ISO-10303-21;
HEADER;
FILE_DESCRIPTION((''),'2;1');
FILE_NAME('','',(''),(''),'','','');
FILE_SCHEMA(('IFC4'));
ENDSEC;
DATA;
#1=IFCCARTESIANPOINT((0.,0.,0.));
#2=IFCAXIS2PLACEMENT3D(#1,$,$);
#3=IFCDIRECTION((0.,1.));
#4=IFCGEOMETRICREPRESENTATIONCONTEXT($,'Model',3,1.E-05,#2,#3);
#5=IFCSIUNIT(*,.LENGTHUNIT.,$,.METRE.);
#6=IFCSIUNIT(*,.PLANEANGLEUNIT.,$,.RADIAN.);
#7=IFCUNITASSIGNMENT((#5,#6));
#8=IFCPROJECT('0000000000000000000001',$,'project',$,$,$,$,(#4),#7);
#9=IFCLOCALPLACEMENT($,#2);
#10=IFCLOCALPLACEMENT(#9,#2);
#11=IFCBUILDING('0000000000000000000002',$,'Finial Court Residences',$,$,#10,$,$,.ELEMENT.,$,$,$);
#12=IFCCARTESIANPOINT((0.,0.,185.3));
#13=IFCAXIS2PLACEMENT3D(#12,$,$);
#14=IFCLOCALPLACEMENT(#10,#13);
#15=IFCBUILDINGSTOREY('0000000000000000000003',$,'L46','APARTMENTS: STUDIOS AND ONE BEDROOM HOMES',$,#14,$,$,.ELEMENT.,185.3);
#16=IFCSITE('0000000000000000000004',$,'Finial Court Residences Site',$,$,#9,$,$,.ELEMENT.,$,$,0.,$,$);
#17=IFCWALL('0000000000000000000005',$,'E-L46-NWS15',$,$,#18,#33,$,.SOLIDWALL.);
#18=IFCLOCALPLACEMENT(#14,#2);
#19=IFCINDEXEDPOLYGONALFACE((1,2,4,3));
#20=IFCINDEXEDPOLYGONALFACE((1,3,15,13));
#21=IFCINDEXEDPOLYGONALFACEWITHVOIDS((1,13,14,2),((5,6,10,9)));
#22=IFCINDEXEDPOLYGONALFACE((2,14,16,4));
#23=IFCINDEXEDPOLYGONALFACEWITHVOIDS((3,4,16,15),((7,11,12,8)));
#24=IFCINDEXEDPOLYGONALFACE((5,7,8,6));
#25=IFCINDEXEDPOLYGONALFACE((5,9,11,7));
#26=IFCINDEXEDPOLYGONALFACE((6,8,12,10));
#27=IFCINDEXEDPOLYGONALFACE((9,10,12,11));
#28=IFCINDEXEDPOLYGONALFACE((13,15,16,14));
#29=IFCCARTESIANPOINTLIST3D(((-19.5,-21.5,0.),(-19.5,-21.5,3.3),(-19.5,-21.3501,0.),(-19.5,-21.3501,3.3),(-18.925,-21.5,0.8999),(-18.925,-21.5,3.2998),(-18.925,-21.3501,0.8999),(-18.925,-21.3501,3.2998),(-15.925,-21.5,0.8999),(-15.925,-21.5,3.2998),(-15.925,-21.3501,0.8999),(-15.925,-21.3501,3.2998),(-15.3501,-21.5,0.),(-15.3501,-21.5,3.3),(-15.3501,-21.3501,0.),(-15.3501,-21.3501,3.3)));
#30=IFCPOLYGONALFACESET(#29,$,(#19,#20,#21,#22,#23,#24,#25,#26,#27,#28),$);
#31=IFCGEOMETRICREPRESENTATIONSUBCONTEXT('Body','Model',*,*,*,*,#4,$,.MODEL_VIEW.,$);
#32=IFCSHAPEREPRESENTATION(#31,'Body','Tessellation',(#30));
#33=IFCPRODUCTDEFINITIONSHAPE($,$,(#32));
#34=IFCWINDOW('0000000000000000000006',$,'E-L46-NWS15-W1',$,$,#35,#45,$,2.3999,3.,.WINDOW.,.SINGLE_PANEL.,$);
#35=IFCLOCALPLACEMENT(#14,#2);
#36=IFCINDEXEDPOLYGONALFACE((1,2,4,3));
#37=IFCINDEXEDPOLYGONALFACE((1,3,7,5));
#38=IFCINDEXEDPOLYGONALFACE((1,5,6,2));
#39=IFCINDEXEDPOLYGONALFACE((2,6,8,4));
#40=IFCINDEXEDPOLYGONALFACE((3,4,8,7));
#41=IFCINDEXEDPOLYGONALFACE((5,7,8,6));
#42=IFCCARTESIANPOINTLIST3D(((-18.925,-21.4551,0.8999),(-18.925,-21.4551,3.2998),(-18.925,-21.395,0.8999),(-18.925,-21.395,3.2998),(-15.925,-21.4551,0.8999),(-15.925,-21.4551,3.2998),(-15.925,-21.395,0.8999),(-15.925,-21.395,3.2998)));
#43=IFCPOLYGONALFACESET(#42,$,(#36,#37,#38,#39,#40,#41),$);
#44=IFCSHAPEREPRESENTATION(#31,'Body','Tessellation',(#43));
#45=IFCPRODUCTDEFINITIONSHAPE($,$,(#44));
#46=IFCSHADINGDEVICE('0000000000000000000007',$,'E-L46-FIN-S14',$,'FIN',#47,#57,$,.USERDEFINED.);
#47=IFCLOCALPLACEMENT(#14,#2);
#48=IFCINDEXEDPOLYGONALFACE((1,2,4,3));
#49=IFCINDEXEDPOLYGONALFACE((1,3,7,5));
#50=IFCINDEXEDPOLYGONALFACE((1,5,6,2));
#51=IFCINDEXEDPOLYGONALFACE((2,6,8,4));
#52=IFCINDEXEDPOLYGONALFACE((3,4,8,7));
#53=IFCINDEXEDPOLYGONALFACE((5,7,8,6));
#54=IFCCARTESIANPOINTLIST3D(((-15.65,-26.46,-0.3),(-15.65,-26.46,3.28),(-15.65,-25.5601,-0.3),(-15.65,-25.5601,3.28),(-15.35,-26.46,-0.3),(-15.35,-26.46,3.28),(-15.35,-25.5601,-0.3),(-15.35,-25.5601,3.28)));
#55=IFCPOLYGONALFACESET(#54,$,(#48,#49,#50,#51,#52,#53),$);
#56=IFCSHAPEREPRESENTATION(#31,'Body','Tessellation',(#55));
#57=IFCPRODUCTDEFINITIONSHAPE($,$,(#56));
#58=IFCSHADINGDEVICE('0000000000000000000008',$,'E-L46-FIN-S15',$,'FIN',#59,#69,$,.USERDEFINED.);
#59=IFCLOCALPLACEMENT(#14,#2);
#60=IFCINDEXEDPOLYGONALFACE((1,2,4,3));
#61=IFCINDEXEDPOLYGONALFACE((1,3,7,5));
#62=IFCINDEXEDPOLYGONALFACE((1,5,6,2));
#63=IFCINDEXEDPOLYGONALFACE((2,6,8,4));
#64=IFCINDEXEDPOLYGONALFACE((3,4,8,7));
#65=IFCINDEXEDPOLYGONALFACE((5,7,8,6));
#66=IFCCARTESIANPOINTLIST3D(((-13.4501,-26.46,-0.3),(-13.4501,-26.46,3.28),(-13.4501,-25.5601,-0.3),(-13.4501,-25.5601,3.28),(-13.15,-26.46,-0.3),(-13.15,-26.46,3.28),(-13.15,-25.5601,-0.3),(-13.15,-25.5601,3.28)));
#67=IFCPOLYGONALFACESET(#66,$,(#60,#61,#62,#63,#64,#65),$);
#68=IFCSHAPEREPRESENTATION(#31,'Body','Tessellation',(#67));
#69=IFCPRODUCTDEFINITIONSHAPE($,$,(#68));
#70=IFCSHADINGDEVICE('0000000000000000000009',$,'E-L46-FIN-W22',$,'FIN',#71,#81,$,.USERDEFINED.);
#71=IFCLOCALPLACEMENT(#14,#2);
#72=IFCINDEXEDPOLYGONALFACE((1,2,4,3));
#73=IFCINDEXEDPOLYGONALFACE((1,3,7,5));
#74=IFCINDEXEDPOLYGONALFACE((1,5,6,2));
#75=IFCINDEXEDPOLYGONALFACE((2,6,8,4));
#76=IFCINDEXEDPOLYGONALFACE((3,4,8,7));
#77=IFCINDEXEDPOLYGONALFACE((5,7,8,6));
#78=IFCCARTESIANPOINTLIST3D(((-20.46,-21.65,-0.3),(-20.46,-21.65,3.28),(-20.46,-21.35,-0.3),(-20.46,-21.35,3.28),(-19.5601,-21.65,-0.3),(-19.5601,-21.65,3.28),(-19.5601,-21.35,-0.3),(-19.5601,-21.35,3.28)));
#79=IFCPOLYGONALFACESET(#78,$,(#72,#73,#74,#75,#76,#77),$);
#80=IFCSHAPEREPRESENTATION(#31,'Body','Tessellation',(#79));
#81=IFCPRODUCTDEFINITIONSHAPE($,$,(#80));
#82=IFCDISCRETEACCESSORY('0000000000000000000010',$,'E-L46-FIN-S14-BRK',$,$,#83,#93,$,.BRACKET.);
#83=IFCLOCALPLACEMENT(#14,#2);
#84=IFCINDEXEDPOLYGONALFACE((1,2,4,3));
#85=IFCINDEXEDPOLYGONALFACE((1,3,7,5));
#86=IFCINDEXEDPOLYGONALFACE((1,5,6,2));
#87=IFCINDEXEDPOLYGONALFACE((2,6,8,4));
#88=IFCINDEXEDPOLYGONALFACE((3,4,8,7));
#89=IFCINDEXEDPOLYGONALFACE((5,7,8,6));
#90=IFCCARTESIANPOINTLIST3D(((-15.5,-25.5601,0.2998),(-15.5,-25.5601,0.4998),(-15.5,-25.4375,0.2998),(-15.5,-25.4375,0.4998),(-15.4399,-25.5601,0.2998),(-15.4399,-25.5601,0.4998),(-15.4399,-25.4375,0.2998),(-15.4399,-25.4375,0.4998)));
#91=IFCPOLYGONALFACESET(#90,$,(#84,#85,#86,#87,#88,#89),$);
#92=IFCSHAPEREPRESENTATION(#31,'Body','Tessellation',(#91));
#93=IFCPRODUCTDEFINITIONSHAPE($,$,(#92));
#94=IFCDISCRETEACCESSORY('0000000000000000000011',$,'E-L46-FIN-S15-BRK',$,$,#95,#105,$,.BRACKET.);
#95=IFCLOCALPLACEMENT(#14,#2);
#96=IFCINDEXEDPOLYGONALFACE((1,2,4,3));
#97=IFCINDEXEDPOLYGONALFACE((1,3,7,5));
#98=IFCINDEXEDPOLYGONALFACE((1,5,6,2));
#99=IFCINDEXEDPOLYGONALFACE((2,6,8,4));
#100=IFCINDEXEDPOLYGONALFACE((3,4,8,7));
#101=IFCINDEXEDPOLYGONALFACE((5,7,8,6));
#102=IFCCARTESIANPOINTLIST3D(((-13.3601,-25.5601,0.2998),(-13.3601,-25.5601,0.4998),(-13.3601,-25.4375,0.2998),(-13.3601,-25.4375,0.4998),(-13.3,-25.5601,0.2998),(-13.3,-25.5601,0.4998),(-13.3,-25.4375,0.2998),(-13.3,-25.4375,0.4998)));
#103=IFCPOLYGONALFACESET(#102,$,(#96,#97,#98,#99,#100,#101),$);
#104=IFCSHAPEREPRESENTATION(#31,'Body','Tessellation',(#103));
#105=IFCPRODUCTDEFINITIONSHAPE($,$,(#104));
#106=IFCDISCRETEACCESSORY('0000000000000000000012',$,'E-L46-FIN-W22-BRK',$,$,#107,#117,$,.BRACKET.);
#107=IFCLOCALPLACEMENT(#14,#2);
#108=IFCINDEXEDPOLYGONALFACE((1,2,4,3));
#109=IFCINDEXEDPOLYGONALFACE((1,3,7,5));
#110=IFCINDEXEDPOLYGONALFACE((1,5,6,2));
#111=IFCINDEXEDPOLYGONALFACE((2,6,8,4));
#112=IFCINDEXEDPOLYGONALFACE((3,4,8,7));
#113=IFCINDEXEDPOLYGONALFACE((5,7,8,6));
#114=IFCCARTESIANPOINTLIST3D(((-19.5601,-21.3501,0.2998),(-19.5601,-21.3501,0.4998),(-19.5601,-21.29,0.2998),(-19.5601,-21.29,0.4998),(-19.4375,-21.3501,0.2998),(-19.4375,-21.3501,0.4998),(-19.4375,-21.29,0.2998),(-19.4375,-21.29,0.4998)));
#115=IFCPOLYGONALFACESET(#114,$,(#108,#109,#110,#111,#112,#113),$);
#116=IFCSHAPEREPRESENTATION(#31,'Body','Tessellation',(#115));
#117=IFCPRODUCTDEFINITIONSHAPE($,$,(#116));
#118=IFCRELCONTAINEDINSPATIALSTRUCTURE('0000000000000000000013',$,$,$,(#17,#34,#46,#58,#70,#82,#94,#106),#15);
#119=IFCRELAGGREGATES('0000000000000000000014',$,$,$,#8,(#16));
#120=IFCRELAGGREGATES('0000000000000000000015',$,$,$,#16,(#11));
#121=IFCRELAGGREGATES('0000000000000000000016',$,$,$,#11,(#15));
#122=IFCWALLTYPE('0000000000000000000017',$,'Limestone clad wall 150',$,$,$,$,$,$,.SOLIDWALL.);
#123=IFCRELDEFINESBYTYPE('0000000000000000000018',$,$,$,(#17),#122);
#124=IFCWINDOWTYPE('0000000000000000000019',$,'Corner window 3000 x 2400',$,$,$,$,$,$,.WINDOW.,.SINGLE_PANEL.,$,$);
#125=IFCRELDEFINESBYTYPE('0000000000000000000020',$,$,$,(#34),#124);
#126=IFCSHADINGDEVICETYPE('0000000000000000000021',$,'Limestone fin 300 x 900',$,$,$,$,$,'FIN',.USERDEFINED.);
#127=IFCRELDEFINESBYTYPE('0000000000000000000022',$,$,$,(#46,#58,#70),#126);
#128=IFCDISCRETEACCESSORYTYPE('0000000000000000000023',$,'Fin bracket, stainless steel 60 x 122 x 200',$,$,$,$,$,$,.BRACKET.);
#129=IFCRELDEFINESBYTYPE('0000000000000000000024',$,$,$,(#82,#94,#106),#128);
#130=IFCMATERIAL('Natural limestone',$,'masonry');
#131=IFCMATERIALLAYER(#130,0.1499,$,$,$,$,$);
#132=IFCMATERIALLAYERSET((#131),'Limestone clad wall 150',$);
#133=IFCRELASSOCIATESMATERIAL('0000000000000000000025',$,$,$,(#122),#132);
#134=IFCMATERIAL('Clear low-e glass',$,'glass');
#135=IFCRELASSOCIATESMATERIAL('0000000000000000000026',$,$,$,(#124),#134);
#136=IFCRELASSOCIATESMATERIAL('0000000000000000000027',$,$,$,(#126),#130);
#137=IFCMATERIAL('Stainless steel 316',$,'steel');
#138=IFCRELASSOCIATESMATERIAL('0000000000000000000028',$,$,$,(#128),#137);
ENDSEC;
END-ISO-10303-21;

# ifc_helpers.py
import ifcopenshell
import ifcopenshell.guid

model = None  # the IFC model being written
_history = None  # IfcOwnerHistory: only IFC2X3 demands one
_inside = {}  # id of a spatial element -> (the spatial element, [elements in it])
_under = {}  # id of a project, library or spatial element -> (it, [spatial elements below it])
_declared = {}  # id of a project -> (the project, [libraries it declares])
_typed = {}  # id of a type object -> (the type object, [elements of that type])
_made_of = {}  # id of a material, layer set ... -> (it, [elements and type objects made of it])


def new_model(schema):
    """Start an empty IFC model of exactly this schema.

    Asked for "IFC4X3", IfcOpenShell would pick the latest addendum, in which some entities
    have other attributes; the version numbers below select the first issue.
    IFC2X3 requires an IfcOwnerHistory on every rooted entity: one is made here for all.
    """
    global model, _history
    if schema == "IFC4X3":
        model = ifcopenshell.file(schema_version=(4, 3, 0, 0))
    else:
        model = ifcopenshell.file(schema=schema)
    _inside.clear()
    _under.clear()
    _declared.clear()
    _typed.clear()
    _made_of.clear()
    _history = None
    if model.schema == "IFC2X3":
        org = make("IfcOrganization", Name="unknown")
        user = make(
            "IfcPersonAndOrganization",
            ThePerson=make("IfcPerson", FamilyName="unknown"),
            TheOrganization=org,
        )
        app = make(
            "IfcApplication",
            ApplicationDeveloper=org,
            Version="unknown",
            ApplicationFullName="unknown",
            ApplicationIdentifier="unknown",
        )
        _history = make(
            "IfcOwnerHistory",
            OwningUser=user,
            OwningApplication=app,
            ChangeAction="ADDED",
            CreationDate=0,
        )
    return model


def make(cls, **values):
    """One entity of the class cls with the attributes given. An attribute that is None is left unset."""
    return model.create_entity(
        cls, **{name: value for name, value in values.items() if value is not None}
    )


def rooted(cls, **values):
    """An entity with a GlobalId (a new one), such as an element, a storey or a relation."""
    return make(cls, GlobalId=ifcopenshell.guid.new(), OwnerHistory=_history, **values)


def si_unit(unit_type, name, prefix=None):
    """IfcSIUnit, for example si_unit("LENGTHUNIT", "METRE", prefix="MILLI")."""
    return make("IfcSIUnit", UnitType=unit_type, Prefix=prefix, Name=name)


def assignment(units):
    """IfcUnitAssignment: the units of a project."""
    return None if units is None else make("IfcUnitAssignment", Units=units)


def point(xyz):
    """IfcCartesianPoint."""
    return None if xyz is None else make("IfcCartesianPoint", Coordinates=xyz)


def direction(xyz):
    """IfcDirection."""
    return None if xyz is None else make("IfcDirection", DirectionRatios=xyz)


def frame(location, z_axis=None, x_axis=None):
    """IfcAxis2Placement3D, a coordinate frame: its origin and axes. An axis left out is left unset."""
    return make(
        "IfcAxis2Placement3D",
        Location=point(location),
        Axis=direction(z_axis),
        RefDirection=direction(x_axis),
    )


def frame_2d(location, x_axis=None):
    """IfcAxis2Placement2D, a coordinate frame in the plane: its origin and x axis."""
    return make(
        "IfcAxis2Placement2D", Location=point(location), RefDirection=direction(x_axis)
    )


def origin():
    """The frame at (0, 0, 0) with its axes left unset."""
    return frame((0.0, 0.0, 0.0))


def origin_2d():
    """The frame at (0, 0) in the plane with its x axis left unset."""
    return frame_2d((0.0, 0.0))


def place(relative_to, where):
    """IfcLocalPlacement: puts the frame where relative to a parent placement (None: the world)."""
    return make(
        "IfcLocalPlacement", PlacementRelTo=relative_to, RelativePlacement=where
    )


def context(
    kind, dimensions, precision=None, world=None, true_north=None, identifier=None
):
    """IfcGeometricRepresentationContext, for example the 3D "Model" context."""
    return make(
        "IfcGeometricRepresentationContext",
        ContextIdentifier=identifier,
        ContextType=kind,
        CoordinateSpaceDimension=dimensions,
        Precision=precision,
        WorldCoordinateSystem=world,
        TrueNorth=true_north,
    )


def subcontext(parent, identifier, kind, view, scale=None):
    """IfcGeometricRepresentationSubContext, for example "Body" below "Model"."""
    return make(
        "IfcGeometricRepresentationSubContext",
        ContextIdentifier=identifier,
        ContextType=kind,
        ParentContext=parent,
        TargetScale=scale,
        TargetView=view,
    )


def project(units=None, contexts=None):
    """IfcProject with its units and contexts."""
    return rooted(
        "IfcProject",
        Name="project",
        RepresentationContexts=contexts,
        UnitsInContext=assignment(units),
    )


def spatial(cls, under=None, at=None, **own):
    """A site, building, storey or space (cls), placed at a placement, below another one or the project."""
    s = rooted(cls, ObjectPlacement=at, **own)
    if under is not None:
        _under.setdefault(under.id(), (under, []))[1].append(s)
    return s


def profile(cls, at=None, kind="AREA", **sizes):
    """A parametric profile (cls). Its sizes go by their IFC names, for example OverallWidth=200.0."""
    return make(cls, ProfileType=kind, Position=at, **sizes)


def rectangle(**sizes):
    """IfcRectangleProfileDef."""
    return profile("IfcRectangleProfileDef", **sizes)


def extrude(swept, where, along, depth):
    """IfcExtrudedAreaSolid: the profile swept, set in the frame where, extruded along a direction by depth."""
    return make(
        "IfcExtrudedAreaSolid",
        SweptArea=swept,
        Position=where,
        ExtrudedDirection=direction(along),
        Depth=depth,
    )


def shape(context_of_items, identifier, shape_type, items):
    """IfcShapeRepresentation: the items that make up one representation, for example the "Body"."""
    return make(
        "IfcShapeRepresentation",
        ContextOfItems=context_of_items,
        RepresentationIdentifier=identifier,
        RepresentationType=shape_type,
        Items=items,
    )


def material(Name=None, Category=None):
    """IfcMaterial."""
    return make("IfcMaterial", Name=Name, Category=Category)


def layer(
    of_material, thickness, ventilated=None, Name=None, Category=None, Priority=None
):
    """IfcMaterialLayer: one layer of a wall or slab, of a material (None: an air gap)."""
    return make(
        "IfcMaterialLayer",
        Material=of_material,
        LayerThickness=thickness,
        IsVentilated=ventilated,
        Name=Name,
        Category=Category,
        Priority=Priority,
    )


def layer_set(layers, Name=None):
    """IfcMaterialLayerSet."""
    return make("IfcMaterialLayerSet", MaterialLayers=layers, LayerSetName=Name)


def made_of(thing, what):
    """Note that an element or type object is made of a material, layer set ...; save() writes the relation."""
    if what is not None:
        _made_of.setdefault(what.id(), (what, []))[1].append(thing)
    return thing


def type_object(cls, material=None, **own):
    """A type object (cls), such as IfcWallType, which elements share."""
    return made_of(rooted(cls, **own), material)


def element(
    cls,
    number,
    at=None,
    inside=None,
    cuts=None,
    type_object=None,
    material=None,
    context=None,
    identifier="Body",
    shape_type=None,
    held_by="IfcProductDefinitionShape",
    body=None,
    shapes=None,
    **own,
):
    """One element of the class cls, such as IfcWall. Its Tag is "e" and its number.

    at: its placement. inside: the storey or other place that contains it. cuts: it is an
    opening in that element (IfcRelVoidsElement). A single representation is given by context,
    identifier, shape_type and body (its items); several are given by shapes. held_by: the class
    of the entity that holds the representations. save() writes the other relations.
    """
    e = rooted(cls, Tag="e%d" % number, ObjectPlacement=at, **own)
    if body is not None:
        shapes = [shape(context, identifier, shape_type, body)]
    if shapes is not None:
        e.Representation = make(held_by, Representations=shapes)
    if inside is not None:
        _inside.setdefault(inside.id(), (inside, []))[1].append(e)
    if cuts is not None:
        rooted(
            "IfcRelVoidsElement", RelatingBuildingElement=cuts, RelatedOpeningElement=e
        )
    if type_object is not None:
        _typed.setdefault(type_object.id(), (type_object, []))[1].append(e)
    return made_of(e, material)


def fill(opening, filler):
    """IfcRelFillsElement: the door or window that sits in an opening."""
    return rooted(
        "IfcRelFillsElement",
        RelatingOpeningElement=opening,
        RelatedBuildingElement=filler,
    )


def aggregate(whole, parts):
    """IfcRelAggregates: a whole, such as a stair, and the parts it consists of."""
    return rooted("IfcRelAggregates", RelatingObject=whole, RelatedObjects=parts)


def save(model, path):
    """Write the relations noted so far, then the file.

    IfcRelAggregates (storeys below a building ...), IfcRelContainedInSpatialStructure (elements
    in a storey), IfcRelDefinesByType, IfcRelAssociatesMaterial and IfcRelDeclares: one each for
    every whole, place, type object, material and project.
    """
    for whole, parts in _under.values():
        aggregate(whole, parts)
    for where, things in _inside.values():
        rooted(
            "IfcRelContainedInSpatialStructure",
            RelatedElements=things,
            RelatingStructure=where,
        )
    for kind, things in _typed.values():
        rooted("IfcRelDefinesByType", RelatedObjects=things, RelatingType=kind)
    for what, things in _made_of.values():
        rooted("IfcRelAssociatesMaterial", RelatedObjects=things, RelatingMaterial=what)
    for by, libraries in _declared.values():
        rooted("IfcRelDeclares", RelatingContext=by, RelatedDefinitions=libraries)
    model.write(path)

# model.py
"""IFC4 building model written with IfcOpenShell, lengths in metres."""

from ifc_helpers import new_model, si_unit, direction, frame, frame_2d, origin, origin_2d, place, context, subcontext, project, spatial, rectangle, extrude, material, layer, layer_set, type_object, element, fill, save


model = new_model("IFC4")

# Units and contexts
model_context = context("Model", 3, precision=1e-05, world=origin(), true_north=direction((0.0, 1.0)))
body_context = subcontext(model_context, "Body", "Model", "MODEL_VIEW")
ifc_project = project(units=[si_unit("LENGTHUNIT", "METRE"), si_unit("PLANEANGLEUNIT", "RADIAN")], contexts=[model_context])

# Site, building, storey
site_placement = place(None, origin())
site = spatial("IfcSite", under=ifc_project, at=site_placement, Name="Finial Court Residences Site", CompositionType="ELEMENT", RefElevation=0.0)
building_placement = place(site_placement, origin())
building = spatial("IfcBuilding", under=site, at=building_placement, Name="Finial Court Residences", CompositionType="ELEMENT")
storey_placement = place(building_placement, frame((0.0, 0.0, 185.3)))
storey = spatial("IfcBuildingStorey", under=building, at=storey_placement, Name="L46", Description="APARTMENTS: STUDIOS AND ONE BEDROOM HOMES", CompositionType="ELEMENT", Elevation=185.3)

# Shared definitions
ifc_material_1 = material(Name="Clear low-e glass", Category="glass")

# Wall, opening, window
ifc_material_2 = material(Name="Natural limestone", Category="masonry")
ifc_layer_1 = layer(ifc_material_2, 0.1499)
ifc_layer_set_1 = layer_set([ifc_layer_1], Name="Limestone clad wall 150")
wall_type_1 = type_object("IfcWallType", Name="Limestone clad wall 150", PredefinedType="SOLIDWALL", material=ifc_layer_set_1)
wall_1_placement = place(storey_placement, frame((-15.3501, -21.425, 0.0), z_axis=(0.0, 0.0, 1.0), x_axis=(-1.0, 0.0, 0.0)))
wall_1 = element("IfcWall", 1, at=wall_1_placement, inside=storey, type_object=wall_type_1, Name="E-L46-NWS15", PredefinedType="SOLIDWALL", context=body_context, shape_type="SweptSolid", body=[
    extrude(rectangle(XDim=4.1499, YDim=0.1499, at=frame_2d((2.075, 0.0))), origin(), (0.0, 0.0, 1.0), 3.3),
])
opening_1_placement = place(wall_1_placement, frame((0.575, 0.0, 0.8999)))
opening_1 = element("IfcOpeningElement", 2, at=opening_1_placement, cuts=wall_1, PredefinedType="OPENING", context=body_context, shape_type="SweptSolid", body=[
    extrude(rectangle(XDim=3.0, YDim=2.3999, at=frame_2d((1.5, 1.2))), frame((0.0, 0.085, 0.0), z_axis=(0.0, -1.0, 0.0), x_axis=(1.0, 0.0, 0.0)), (0.0, 0.0, 1.0), 0.1699),
])
window_type_1 = type_object("IfcWindowType", Name="Corner window 3000 x 2400", PartitioningType="SINGLE_PANEL", PredefinedType="WINDOW", material=ifc_material_1)
window_1_placement = place(opening_1_placement, origin())
window_1 = element("IfcWindow", 3, at=window_1_placement, inside=storey, type_object=window_type_1, Name="E-L46-NWS15-W1", OverallHeight=2.3999, OverallWidth=3.0, PartitioningType="SINGLE_PANEL", PredefinedType="WINDOW", context=body_context, shape_type="SweptSolid", body=[
    extrude(rectangle(XDim=3.0, YDim=2.3999, at=frame_2d((1.5, 1.2))), frame((0.0, 0.03, 0.0), z_axis=(0.0, -1.0, 0.0), x_axis=(1.0, 0.0, 0.0)), (0.0, 0.0, 1.0), 0.0601),
])
fill(opening_1, window_1)

# Shading devices
shading_device_type = type_object("IfcShadingDeviceType", Name="Limestone fin 300 x 900", ElementType="FIN", PredefinedType="USERDEFINED", material=ifc_material_2)
for number, where, z_axis, x_axis, name in (
    (4, (-15.5, -26.01, -0.3), (0.0, 0.0, 1.0), (1.0, 0.0, 0.0), "E-L46-FIN-S14"),
    (5, (-13.3, -26.01, -0.3), (0.0, 0.0, 1.0), (1.0, 0.0, 0.0), "E-L46-FIN-S15"),
):
    element("IfcShadingDevice", number, at=place(storey_placement, frame(where, z_axis=z_axis, x_axis=x_axis)), inside=storey, type_object=shading_device_type, Name=name, ObjectType="FIN", PredefinedType="USERDEFINED", context=body_context, shape_type="SweptSolid", body=[
        extrude(rectangle(XDim=0.3, YDim=0.8999, at=origin_2d()), origin(), (0.0, 0.0, 1.0), 3.5801),
    ])
shading_device_placement = place(storey_placement, frame((-20.01, -21.5, -0.3), z_axis=(0.0, 0.0, 1.0), x_axis=(1.0, 0.0, 0.0)))
element("IfcShadingDevice", 6, at=shading_device_placement, inside=storey, type_object=shading_device_type, Name="E-L46-FIN-W22", ObjectType="FIN", PredefinedType="USERDEFINED", context=body_context, shape_type="SweptSolid", body=[
    extrude(rectangle(XDim=0.8999, YDim=0.3, at=origin_2d()), origin(), (0.0, 0.0, 1.0), 3.5801),
])

# Discrete accessories
ifc_material_3 = material(Name="Stainless steel 316", Category="steel")
discrete_accessory_type = type_object("IfcDiscreteAccessoryType", Name="Fin bracket, stainless steel 60 x 122 x 200", PredefinedType="BRACKET", material=ifc_material_3)
for number, where, z_axis, x_axis, name in (
    (7, (-15.47, -25.4988, 0.2998), (0.0, 0.0, 1.0), (1.0, 0.0, 0.0), "E-L46-FIN-S14-BRK"),
    (8, (-13.3301, -25.4988, 0.2998), (0.0, 0.0, 1.0), (1.0, 0.0, 0.0), "E-L46-FIN-S15-BRK"),
):
    element("IfcDiscreteAccessory", number, at=place(storey_placement, frame(where, z_axis=z_axis, x_axis=x_axis)), inside=storey, type_object=discrete_accessory_type, Name=name, PredefinedType="BRACKET", context=body_context, shape_type="SweptSolid", body=[
        extrude(rectangle(XDim=0.0601, YDim=0.1226, at=origin_2d()), origin(), (0.0, 0.0, 1.0), 0.2),
    ])
discrete_accessory_placement = place(storey_placement, frame((-19.4988, -21.3201, 0.2998), z_axis=(0.0, 0.0, 1.0), x_axis=(1.0, 0.0, 0.0)))
element("IfcDiscreteAccessory", 9, at=discrete_accessory_placement, inside=storey, type_object=discrete_accessory_type, Name="E-L46-FIN-W22-BRK", PredefinedType="BRACKET", context=body_context, shape_type="SweptSolid", body=[
    extrude(rectangle(XDim=0.1226, YDim=0.0601, at=origin_2d()), origin(), (0.0, 0.0, 1.0), 0.2),
])

save(model, "model.ifc")
